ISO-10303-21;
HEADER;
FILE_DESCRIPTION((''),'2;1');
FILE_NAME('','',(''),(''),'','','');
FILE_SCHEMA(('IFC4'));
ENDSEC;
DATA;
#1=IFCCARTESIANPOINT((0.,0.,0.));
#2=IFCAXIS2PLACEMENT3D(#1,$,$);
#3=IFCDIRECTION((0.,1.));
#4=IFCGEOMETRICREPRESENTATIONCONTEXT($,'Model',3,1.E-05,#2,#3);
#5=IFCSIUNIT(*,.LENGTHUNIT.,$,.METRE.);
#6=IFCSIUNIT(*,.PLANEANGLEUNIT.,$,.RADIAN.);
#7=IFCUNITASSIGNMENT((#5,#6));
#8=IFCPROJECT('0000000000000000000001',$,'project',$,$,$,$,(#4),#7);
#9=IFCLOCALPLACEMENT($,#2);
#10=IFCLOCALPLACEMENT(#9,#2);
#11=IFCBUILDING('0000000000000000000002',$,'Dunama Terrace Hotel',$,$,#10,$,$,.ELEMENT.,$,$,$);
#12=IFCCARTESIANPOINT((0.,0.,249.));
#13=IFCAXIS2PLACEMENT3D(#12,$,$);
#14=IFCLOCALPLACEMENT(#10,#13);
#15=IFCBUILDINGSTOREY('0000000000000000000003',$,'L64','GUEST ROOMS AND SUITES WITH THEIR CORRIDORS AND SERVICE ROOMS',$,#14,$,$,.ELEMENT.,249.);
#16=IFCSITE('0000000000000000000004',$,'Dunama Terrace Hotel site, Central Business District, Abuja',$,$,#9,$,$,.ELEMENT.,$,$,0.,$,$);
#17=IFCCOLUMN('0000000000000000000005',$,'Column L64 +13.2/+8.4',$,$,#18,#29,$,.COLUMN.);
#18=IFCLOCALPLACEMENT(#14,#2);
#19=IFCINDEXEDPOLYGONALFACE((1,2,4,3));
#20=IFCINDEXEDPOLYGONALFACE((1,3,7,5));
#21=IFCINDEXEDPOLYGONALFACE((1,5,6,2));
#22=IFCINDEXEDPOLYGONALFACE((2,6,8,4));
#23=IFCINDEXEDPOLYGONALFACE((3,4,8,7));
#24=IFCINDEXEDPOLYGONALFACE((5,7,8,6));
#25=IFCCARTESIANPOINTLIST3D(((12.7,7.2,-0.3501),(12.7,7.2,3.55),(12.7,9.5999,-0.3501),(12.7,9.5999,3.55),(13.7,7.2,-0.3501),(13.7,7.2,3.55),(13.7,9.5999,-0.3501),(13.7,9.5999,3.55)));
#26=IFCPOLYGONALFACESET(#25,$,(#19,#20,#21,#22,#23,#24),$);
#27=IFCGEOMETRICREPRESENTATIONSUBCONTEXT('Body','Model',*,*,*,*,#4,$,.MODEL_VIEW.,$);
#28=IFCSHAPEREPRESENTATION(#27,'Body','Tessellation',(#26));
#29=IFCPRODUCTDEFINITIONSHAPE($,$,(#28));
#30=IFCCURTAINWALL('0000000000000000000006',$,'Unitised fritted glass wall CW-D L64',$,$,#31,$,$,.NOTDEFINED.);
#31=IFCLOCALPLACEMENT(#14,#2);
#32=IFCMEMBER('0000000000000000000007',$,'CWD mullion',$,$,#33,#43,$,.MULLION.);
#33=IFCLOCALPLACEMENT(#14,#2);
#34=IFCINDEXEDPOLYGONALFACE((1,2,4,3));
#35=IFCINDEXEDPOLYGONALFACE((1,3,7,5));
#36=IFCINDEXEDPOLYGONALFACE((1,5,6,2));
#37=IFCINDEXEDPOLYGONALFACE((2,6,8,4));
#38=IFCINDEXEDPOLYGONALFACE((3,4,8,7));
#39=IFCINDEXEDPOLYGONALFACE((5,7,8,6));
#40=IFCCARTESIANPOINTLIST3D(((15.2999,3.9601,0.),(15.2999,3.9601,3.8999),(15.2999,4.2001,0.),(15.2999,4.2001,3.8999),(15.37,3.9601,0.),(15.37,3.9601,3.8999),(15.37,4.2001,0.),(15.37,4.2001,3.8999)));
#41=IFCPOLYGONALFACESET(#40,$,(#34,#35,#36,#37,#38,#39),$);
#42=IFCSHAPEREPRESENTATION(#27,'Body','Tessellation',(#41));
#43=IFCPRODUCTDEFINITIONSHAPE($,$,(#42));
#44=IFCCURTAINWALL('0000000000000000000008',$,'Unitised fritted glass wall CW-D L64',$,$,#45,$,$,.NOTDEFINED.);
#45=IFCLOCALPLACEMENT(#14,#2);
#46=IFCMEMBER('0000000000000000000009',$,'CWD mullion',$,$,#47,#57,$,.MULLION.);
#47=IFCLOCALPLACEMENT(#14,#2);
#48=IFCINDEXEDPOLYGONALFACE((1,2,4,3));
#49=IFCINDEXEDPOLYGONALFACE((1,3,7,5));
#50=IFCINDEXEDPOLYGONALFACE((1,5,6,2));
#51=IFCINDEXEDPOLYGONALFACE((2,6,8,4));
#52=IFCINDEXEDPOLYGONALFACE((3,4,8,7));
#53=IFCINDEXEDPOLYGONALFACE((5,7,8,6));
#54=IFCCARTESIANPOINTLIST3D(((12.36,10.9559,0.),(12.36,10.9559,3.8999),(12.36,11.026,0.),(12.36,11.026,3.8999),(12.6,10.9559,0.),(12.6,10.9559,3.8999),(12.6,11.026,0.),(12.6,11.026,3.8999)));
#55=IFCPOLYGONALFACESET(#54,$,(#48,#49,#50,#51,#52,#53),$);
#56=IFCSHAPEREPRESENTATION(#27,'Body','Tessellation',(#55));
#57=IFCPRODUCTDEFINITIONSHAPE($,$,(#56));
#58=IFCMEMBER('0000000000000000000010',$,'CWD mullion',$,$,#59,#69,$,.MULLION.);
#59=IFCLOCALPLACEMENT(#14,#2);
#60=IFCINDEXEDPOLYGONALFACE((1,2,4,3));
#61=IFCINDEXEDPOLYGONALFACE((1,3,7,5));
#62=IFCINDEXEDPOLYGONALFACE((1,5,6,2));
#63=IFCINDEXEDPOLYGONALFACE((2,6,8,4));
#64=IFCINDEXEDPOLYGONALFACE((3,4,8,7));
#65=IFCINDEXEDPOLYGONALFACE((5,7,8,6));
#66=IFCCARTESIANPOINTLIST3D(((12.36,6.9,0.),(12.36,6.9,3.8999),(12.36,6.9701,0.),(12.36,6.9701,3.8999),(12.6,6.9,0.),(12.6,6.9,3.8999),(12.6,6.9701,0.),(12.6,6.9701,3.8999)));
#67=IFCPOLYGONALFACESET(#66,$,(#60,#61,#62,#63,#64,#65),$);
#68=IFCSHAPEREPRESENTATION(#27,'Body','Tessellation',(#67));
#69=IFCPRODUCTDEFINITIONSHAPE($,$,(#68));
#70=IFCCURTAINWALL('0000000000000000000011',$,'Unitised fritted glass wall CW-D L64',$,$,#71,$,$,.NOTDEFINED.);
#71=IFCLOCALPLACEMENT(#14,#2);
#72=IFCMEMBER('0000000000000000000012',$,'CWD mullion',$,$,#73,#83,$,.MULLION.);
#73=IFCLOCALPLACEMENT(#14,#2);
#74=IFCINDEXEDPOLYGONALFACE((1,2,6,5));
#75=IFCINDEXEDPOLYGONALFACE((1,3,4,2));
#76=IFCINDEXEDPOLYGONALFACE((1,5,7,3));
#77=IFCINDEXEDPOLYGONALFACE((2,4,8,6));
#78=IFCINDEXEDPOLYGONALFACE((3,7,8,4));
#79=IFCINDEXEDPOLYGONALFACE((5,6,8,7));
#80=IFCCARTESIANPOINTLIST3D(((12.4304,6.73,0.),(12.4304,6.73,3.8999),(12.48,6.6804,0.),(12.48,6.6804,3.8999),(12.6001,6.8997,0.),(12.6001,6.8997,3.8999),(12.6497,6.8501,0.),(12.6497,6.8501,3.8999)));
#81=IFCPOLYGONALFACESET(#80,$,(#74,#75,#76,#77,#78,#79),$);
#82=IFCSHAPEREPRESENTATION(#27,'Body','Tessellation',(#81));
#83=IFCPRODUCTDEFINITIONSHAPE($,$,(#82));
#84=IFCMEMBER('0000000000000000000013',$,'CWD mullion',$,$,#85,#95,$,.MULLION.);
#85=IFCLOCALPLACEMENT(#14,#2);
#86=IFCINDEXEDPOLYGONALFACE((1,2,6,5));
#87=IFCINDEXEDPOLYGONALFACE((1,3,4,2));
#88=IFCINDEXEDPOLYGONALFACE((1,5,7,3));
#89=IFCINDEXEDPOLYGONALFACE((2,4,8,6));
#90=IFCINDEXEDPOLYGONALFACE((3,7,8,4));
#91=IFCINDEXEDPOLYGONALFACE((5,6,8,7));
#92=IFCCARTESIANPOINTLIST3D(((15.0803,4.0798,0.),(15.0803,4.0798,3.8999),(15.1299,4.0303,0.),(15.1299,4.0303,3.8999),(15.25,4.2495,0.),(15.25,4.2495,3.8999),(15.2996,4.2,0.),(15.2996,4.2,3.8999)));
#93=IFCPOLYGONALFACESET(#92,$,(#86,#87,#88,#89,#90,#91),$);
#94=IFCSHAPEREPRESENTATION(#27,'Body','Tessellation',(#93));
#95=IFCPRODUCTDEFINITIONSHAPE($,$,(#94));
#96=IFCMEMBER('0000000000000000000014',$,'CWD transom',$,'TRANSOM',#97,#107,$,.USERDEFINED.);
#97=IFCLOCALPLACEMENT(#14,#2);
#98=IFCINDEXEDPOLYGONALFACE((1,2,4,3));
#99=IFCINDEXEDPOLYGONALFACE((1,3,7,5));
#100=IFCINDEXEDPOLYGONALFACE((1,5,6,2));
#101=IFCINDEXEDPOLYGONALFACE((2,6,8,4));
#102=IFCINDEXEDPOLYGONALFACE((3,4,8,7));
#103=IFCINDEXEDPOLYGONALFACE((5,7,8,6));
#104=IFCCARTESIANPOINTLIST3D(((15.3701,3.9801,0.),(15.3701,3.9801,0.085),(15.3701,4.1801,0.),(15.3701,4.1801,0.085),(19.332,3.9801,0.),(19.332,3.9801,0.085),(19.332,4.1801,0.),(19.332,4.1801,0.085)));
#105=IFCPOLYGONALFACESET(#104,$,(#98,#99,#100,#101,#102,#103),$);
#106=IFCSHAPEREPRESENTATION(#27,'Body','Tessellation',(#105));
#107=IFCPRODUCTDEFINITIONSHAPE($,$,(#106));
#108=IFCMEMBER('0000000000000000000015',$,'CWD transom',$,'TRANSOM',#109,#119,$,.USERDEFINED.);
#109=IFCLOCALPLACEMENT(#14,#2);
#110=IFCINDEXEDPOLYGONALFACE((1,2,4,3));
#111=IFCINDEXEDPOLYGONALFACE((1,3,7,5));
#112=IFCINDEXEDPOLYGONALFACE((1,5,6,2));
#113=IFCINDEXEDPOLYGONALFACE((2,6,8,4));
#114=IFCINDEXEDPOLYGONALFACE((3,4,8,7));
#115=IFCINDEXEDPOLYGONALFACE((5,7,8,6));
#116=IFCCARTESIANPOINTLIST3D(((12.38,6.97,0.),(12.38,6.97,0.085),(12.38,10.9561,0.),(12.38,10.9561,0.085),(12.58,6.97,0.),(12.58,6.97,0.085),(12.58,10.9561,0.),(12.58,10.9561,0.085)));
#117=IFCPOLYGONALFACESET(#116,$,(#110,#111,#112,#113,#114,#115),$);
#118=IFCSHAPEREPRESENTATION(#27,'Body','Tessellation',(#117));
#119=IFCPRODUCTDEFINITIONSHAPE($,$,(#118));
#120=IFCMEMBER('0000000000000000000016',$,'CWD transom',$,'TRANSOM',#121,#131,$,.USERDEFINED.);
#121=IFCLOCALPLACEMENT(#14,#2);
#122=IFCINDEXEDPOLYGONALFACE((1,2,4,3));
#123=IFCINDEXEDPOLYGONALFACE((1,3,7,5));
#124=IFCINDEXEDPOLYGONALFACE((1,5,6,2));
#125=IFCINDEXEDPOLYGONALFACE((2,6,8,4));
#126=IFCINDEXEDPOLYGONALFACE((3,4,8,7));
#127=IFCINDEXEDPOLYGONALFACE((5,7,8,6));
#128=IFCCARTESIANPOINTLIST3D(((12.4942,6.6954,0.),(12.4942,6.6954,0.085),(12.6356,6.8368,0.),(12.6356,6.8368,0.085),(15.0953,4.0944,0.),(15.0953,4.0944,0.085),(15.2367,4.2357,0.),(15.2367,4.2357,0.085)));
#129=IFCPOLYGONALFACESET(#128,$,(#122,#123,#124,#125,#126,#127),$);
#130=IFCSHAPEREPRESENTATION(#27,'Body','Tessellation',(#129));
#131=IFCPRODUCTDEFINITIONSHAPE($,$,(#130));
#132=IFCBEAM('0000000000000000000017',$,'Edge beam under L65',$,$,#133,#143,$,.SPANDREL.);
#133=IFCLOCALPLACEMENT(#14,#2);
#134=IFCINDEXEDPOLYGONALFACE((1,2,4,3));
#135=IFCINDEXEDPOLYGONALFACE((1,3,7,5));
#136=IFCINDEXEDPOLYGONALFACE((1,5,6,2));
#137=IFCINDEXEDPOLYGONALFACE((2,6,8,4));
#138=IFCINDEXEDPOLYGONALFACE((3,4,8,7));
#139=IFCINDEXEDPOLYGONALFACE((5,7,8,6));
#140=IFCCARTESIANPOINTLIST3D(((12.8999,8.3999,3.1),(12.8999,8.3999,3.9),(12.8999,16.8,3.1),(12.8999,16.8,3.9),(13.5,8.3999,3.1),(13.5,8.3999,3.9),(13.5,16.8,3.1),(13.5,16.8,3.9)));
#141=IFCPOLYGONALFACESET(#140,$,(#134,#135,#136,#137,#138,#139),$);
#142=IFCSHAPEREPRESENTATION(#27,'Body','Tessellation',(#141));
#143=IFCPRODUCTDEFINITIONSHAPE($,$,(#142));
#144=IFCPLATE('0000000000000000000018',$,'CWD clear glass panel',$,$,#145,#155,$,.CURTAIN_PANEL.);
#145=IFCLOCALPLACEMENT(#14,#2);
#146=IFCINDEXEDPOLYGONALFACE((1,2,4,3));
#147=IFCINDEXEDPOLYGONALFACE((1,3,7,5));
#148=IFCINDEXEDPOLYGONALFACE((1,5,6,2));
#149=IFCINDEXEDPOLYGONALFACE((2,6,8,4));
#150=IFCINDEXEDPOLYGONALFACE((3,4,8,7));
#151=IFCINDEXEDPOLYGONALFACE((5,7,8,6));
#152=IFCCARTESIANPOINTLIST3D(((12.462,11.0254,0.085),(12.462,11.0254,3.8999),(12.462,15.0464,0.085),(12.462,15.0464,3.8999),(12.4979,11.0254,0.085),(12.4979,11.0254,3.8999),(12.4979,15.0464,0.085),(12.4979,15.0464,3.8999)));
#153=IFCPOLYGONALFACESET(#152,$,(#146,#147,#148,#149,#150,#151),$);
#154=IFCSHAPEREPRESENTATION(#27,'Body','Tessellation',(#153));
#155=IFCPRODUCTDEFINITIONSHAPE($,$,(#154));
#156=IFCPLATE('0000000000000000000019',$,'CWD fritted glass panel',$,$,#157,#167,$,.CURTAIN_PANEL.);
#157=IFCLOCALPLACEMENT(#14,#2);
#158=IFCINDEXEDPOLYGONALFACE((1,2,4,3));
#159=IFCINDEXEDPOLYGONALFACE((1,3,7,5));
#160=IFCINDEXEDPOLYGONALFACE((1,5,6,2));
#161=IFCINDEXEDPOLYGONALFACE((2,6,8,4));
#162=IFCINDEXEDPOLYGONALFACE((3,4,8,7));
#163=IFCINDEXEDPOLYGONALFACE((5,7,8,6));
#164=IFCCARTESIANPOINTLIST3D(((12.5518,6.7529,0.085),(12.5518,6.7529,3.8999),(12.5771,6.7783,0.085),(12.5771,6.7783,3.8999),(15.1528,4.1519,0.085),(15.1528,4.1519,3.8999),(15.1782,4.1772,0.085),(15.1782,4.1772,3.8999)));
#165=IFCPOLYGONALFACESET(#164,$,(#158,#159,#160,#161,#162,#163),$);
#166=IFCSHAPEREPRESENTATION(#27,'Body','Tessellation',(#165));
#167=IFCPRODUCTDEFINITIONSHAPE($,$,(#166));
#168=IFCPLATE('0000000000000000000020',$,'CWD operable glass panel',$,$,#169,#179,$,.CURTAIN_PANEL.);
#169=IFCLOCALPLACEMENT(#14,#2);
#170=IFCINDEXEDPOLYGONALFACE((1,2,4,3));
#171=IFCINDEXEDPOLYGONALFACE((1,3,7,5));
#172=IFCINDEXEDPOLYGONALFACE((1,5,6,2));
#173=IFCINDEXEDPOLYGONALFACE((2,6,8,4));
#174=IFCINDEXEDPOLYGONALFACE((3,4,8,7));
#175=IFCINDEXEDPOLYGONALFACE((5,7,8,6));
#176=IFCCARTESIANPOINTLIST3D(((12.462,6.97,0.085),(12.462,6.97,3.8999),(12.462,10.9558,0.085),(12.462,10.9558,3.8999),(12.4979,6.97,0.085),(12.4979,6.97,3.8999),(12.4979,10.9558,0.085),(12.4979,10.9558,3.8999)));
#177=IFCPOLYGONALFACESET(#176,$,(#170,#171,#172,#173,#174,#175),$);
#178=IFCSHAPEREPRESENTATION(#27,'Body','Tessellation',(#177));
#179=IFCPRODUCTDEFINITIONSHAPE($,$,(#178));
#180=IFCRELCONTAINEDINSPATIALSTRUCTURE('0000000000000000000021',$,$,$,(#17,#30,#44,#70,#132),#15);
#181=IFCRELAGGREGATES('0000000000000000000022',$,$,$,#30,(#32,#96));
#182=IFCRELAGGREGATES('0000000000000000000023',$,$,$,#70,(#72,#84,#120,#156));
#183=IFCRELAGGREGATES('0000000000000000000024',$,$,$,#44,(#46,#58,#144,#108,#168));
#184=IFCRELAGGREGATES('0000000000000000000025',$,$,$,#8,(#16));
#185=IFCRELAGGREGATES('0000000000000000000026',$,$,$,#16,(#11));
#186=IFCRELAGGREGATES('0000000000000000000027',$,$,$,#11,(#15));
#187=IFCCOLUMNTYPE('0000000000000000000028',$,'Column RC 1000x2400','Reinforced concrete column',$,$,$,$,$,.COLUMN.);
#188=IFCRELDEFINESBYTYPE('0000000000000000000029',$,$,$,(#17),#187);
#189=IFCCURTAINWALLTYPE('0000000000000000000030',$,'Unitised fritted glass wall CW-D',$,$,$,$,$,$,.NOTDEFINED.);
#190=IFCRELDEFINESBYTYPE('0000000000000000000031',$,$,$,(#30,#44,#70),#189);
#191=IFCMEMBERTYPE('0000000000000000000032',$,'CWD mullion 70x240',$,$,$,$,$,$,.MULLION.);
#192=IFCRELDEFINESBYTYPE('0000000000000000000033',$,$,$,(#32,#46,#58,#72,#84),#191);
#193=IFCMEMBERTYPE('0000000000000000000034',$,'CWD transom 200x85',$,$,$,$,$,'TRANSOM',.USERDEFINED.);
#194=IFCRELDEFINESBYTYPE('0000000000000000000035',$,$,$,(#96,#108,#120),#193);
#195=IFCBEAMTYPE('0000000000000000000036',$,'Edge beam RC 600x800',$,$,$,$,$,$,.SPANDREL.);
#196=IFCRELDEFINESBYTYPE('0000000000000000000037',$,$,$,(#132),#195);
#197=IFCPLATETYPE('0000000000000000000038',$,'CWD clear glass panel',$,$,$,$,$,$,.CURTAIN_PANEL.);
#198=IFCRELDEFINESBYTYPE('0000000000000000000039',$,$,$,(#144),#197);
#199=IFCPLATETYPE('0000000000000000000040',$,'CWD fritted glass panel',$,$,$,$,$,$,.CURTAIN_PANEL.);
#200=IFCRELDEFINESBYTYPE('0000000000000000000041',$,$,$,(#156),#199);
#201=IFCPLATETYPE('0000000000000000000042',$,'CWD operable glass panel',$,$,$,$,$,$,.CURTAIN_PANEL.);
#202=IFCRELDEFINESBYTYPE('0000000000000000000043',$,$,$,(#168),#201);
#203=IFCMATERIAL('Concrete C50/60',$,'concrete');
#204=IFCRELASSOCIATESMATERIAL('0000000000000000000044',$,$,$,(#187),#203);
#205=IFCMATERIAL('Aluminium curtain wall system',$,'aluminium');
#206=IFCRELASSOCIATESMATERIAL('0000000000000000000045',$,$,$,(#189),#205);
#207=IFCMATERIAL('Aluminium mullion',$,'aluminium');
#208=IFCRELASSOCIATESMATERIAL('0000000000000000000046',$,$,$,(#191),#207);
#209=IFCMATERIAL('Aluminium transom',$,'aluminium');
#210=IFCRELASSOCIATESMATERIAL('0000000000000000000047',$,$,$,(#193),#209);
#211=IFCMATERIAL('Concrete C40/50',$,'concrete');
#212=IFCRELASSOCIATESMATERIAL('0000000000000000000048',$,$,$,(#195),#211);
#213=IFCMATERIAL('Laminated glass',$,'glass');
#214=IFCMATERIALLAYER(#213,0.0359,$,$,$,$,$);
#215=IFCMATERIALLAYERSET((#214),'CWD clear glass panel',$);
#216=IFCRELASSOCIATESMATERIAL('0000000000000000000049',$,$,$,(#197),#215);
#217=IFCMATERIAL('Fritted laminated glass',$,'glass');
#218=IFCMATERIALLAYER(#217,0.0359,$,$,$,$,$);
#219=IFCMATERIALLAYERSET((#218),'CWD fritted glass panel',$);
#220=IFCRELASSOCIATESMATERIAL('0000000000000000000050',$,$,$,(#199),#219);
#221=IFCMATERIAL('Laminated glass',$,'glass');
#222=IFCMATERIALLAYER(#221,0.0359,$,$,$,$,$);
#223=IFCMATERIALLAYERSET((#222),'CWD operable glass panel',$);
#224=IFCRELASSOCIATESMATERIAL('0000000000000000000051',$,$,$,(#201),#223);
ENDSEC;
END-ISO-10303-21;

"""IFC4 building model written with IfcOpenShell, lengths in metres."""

from ifc_helpers import new_model, si_unit, direction, frame, origin, origin_2d, place, context, subcontext, project, spatial, rectangle, extrude, material, layer, layer_set, material_profile, profile_set, type_object, element, aggregate, save


model = new_model("IFC4")

# Units and contexts
model_context = context("Model", 3, precision=1e-05, world=origin(), true_north=direction((0.0, 1.0)))
body_context = subcontext(model_context, "Body", "Model", "MODEL_VIEW")
ifc_project = project(units=[si_unit("LENGTHUNIT", "METRE"), si_unit("PLANEANGLEUNIT", "RADIAN")], contexts=[model_context])

# Site, building, storey
site_placement = place(None, origin())
site = spatial("IfcSite", under=ifc_project, at=site_placement, Name="Dunama Terrace Hotel site, Central Business District, Abuja", CompositionType="ELEMENT", RefElevation=0.0)
building_placement = place(site_placement, origin())
building = spatial("IfcBuilding", under=site, at=building_placement, Name="Dunama Terrace Hotel", CompositionType="ELEMENT")
storey_placement = place(building_placement, frame((0.0, 0.0, 249.0)))
storey = spatial("IfcBuildingStorey", under=building, at=storey_placement, Name="L64", Description="GUEST ROOMS AND SUITES WITH THEIR CORRIDORS AND SERVICE ROOMS", CompositionType="ELEMENT", Elevation=249.0)

# Column
ifc_material_1 = material(Name="Concrete C50/60", Category="concrete")
ifc_material_profile_1 = material_profile(ifc_material_1, rectangle(XDim=1.0, YDim=2.3999, at=origin_2d()), Name="RC 1000x2400")
ifc_profile_set_1 = profile_set([ifc_material_profile_1], Name="Concrete C50/60")
column_type = type_object("IfcColumnType", Name="Column RC 1000x2400", Description="Reinforced concrete column", PredefinedType="COLUMN", material=ifc_profile_set_1)
column_placement = place(storey_placement, frame((13.2, 8.3999, -0.3501), z_axis=(0.0, 0.0, 1.0), x_axis=(1.0, 0.0, 0.0)))
element("IfcColumn", 1, at=column_placement, inside=storey, type_object=column_type, Name="Column L64 +13.2/+8.4", PredefinedType="COLUMN", context=body_context, shape_type="SweptSolid", body=[
    extrude(rectangle(XDim=1.0, YDim=2.3999, at=origin_2d()), origin(), (0.0, 0.0, 1.0), 3.9001),
])

# Curtain wall, member
ifc_material_2 = material(Name="Aluminium curtain wall system", Category="aluminium")
curtain_wall_type = type_object("IfcCurtainWallType", Name="Unitised fritted glass wall CW-D", PredefinedType="NOTDEFINED", material=ifc_material_2)
curtain_wall_1_placement = place(storey_placement, origin())
curtain_wall_1 = element("IfcCurtainWall", 2, at=curtain_wall_1_placement, inside=storey, type_object=curtain_wall_type, Name="Unitised fritted glass wall CW-D L64", PredefinedType="NOTDEFINED")
ifc_material_3 = material(Name="Aluminium mullion", Category="aluminium")
ifc_material_profile_2 = material_profile(ifc_material_3, rectangle(XDim=0.0701, YDim=0.24, at=origin_2d()), Name="CWD MULLION 70X240")
ifc_profile_set_2 = profile_set([ifc_material_profile_2], Name="Aluminium mullion")
member_type_1 = type_object("IfcMemberType", Name="CWD mullion 70x240", PredefinedType="MULLION", material=ifc_profile_set_2)
member_1_placement = place(storey_placement, frame((15.335, 4.0801, 0.0), z_axis=(0.0, 0.0, 1.0), x_axis=(1.0, 0.0, 0.0)))
member_1 = element("IfcMember", 3, at=member_1_placement, type_object=member_type_1, Name="CWD mullion", PredefinedType="MULLION", context=body_context, shape_type="SweptSolid", body=[
    extrude(rectangle(XDim=0.0701, YDim=0.24, at=origin_2d()), origin(), (0.0, 0.0, 1.0), 3.8999),
])

# Curtain walls, members
curtain_wall_2_placement = place(storey_placement, origin())
curtain_wall_2 = element("IfcCurtainWall", 4, at=curtain_wall_2_placement, inside=storey, type_object=curtain_wall_type, Name="Unitised fritted glass wall CW-D L64", PredefinedType="NOTDEFINED")
member_2_placement = place(storey_placement, frame((12.48, 10.991, 0.0), z_axis=(0.0, 0.0, 1.0), x_axis=(0.0, -1.0, 0.0)))
member_2 = element("IfcMember", 5, at=member_2_placement, type_object=member_type_1, Name="CWD mullion", PredefinedType="MULLION", context=body_context, shape_type="SweptSolid", body=[
    extrude(rectangle(XDim=0.0701, YDim=0.24, at=origin_2d()), origin(), (0.0, 0.0, 1.0), 3.8999),
])
member_3_placement = place(storey_placement, frame((12.48, 6.9351, 0.0), z_axis=(0.0, 0.0, 1.0), x_axis=(0.0, -1.0, 0.0)))
member_3 = element("IfcMember", 6, at=member_3_placement, type_object=member_type_1, Name="CWD mullion", PredefinedType="MULLION", context=body_context, shape_type="SweptSolid", body=[
    extrude(rectangle(XDim=0.0701, YDim=0.24, at=origin_2d()), origin(), (0.0, 0.0, 1.0), 3.8999),
])
curtain_wall_3_placement = place(storey_placement, origin())
curtain_wall_3 = element("IfcCurtainWall", 7, at=curtain_wall_3_placement, inside=storey, type_object=curtain_wall_type, Name="Unitised fritted glass wall CW-D L64", PredefinedType="NOTDEFINED")
member_4_placement = place(storey_placement, frame((12.54, 6.79, 0.0), z_axis=(0.0, 0.0, 1.0), x_axis=(0.707107, -0.707107, 0.0)))
member_4 = element("IfcMember", 8, at=member_4_placement, type_object=member_type_1, Name="CWD mullion", PredefinedType="MULLION", context=body_context, shape_type="SweptSolid", body=[
    extrude(rectangle(XDim=0.0701, YDim=0.24, at=origin_2d()), origin(), (0.0, 0.0, 1.0), 3.8999),
])
member_5_placement = place(storey_placement, frame((15.1899, 4.1399, 0.0), z_axis=(0.0, 0.0, 1.0), x_axis=(0.707107, -0.707107, 0.0)))
member_5 = element("IfcMember", 9, at=member_5_placement, type_object=member_type_1, Name="CWD mullion", PredefinedType="MULLION", context=body_context, shape_type="SweptSolid", body=[
    extrude(rectangle(XDim=0.0701, YDim=0.24, at=origin_2d()), origin(), (0.0, 0.0, 1.0), 3.8999),
])

# Members
ifc_material_4 = material(Name="Aluminium transom", Category="aluminium")
ifc_material_profile_3 = material_profile(ifc_material_4, rectangle(XDim=0.2, YDim=0.085, at=origin_2d()), Name="CWD TRANSOM 200X85")
ifc_profile_set_3 = profile_set([ifc_material_profile_3], Name="Aluminium transom")
member_type_2 = type_object("IfcMemberType", Name="CWD transom 200x85", ElementType="TRANSOM", PredefinedType="USERDEFINED", material=ifc_profile_set_3)
member_6_placement = place(storey_placement, frame((15.3701, 4.0801, 0.0425), z_axis=(1.0, 0.0, 0.0), x_axis=(0.0, 1.0, 0.0)))
member_6 = element("IfcMember", 10, at=member_6_placement, type_object=member_type_2, Name="CWD transom", ObjectType="TRANSOM", PredefinedType="USERDEFINED", context=body_context, shape_type="SweptSolid", body=[
    extrude(rectangle(XDim=0.2, YDim=0.085, at=origin_2d()), origin(), (0.0, 0.0, 1.0), 3.9619),
])
aggregate(curtain_wall_1, [member_1, member_6])
member_7_placement = place(storey_placement, frame((12.48, 10.9561, 0.0425), z_axis=(0.0, -1.0, 0.0), x_axis=(1.0, 0.0, 0.0)))
member_7 = element("IfcMember", 11, at=member_7_placement, type_object=member_type_2, Name="CWD transom", ObjectType="TRANSOM", PredefinedType="USERDEFINED", context=body_context, shape_type="SweptSolid", body=[
    extrude(rectangle(XDim=0.2, YDim=0.085, at=origin_2d()), origin(), (0.0, 0.0, 1.0), 3.9861),
])
member_8_placement = place(storey_placement, frame((12.5649, 6.7661, 0.0425), z_axis=(0.707107, -0.707107, 0.0), x_axis=(0.707107, 0.707107, 0.0)))
member_8 = element("IfcMember", 12, at=member_8_placement, type_object=member_type_2, Name="CWD transom", ObjectType="TRANSOM", PredefinedType="USERDEFINED", context=body_context, shape_type="SweptSolid", body=[
    extrude(rectangle(XDim=0.2, YDim=0.085, at=origin_2d()), origin(), (0.0, 0.0, 1.0), 3.6785),
])

# Beam
ifc_material_5 = material(Name="Concrete C40/50", Category="concrete")
ifc_material_profile_4 = material_profile(ifc_material_5, rectangle(XDim=0.6001, YDim=0.8, at=origin_2d()), Name="RC 600x800")
ifc_profile_set_4 = profile_set([ifc_material_profile_4], Name="Concrete C40/50")
beam_type = type_object("IfcBeamType", Name="Edge beam RC 600x800", PredefinedType="SPANDREL", material=ifc_profile_set_4)
beam_placement = place(storey_placement, frame((13.2, 8.3999, 3.5), z_axis=(0.0, 1.0, 0.0), x_axis=(-1.0, 0.0, 0.0)))
element("IfcBeam", 13, at=beam_placement, inside=storey, type_object=beam_type, Name="Edge beam under L65", PredefinedType="SPANDREL", context=body_context, shape_type="SweptSolid", body=[
    extrude(rectangle(XDim=0.6001, YDim=0.8, at=origin_2d()), origin(), (0.0, 0.0, 1.0), 8.4001),
])

# Plates
ifc_material_6 = material(Name="Laminated glass", Category="glass")
ifc_layer_1 = layer(ifc_material_6, 0.0359)
ifc_layer_set_1 = layer_set([ifc_layer_1], Name="CWD clear glass panel")
plate_type_1 = type_object("IfcPlateType", Name="CWD clear glass panel", PredefinedType="CURTAIN_PANEL", material=ifc_layer_set_1)
plate_1_placement = place(storey_placement, frame((12.48, 13.0359, 0.085), z_axis=(0.0, 0.0, 1.0), x_axis=(0.0, -1.0, 0.0)))
plate_1 = element("IfcPlate", 14, at=plate_1_placement, type_object=plate_type_1, Name="CWD clear glass panel", PredefinedType="CURTAIN_PANEL", context=body_context, shape_type="SweptSolid", body=[
    extrude(rectangle(XDim=4.021, YDim=0.0359, at=origin_2d()), origin(), (0.0, 0.0, 1.0), 3.8149),
])
ifc_material_7 = material(Name="Fritted laminated glass", Category="glass")
ifc_layer_2 = layer(ifc_material_7, 0.0359)
ifc_layer_set_2 = layer_set([ifc_layer_2], Name="CWD fritted glass panel")
plate_type_2 = type_object("IfcPlateType", Name="CWD fritted glass panel", PredefinedType="CURTAIN_PANEL", material=ifc_layer_set_2)
plate_2_placement = place(storey_placement, frame((13.865, 5.4651, 0.085), z_axis=(0.0, 0.0, 1.0), x_axis=(0.707107, -0.707107, 0.0)))
plate_2 = element("IfcPlate", 15, at=plate_2_placement, type_object=plate_type_2, Name="CWD fritted glass panel", PredefinedType="CURTAIN_PANEL", context=body_context, shape_type="SweptSolid", body=[
    extrude(rectangle(XDim=3.6785, YDim=0.0359, at=origin_2d()), origin(), (0.0, 0.0, 1.0), 3.8149),
])
aggregate(curtain_wall_3, [member_4, member_5, member_8, plate_2])
ifc_material_8 = material(Name="Laminated glass", Category="glass")
ifc_layer_3 = layer(ifc_material_8, 0.0359)
ifc_layer_set_3 = layer_set([ifc_layer_3], Name="CWD operable glass panel")
plate_type_3 = type_object("IfcPlateType", Name="CWD operable glass panel", PredefinedType="CURTAIN_PANEL", material=ifc_layer_set_3)
plate_3_placement = place(storey_placement, frame((12.48, 8.9629, 0.085), z_axis=(0.0, 0.0, 1.0), x_axis=(0.0, -1.0, 0.0)))
plate_3 = element("IfcPlate", 16, at=plate_3_placement, type_object=plate_type_3, Name="CWD operable glass panel", PredefinedType="CURTAIN_PANEL", context=body_context, shape_type="SweptSolid", body=[
    extrude(rectangle(XDim=3.9858, YDim=0.0359, at=origin_2d()), origin(), (0.0, 0.0, 1.0), 3.8149),
])
aggregate(curtain_wall_2, [member_2, member_3, plate_1, member_7, plate_3])

save(model, "model.ifc")
